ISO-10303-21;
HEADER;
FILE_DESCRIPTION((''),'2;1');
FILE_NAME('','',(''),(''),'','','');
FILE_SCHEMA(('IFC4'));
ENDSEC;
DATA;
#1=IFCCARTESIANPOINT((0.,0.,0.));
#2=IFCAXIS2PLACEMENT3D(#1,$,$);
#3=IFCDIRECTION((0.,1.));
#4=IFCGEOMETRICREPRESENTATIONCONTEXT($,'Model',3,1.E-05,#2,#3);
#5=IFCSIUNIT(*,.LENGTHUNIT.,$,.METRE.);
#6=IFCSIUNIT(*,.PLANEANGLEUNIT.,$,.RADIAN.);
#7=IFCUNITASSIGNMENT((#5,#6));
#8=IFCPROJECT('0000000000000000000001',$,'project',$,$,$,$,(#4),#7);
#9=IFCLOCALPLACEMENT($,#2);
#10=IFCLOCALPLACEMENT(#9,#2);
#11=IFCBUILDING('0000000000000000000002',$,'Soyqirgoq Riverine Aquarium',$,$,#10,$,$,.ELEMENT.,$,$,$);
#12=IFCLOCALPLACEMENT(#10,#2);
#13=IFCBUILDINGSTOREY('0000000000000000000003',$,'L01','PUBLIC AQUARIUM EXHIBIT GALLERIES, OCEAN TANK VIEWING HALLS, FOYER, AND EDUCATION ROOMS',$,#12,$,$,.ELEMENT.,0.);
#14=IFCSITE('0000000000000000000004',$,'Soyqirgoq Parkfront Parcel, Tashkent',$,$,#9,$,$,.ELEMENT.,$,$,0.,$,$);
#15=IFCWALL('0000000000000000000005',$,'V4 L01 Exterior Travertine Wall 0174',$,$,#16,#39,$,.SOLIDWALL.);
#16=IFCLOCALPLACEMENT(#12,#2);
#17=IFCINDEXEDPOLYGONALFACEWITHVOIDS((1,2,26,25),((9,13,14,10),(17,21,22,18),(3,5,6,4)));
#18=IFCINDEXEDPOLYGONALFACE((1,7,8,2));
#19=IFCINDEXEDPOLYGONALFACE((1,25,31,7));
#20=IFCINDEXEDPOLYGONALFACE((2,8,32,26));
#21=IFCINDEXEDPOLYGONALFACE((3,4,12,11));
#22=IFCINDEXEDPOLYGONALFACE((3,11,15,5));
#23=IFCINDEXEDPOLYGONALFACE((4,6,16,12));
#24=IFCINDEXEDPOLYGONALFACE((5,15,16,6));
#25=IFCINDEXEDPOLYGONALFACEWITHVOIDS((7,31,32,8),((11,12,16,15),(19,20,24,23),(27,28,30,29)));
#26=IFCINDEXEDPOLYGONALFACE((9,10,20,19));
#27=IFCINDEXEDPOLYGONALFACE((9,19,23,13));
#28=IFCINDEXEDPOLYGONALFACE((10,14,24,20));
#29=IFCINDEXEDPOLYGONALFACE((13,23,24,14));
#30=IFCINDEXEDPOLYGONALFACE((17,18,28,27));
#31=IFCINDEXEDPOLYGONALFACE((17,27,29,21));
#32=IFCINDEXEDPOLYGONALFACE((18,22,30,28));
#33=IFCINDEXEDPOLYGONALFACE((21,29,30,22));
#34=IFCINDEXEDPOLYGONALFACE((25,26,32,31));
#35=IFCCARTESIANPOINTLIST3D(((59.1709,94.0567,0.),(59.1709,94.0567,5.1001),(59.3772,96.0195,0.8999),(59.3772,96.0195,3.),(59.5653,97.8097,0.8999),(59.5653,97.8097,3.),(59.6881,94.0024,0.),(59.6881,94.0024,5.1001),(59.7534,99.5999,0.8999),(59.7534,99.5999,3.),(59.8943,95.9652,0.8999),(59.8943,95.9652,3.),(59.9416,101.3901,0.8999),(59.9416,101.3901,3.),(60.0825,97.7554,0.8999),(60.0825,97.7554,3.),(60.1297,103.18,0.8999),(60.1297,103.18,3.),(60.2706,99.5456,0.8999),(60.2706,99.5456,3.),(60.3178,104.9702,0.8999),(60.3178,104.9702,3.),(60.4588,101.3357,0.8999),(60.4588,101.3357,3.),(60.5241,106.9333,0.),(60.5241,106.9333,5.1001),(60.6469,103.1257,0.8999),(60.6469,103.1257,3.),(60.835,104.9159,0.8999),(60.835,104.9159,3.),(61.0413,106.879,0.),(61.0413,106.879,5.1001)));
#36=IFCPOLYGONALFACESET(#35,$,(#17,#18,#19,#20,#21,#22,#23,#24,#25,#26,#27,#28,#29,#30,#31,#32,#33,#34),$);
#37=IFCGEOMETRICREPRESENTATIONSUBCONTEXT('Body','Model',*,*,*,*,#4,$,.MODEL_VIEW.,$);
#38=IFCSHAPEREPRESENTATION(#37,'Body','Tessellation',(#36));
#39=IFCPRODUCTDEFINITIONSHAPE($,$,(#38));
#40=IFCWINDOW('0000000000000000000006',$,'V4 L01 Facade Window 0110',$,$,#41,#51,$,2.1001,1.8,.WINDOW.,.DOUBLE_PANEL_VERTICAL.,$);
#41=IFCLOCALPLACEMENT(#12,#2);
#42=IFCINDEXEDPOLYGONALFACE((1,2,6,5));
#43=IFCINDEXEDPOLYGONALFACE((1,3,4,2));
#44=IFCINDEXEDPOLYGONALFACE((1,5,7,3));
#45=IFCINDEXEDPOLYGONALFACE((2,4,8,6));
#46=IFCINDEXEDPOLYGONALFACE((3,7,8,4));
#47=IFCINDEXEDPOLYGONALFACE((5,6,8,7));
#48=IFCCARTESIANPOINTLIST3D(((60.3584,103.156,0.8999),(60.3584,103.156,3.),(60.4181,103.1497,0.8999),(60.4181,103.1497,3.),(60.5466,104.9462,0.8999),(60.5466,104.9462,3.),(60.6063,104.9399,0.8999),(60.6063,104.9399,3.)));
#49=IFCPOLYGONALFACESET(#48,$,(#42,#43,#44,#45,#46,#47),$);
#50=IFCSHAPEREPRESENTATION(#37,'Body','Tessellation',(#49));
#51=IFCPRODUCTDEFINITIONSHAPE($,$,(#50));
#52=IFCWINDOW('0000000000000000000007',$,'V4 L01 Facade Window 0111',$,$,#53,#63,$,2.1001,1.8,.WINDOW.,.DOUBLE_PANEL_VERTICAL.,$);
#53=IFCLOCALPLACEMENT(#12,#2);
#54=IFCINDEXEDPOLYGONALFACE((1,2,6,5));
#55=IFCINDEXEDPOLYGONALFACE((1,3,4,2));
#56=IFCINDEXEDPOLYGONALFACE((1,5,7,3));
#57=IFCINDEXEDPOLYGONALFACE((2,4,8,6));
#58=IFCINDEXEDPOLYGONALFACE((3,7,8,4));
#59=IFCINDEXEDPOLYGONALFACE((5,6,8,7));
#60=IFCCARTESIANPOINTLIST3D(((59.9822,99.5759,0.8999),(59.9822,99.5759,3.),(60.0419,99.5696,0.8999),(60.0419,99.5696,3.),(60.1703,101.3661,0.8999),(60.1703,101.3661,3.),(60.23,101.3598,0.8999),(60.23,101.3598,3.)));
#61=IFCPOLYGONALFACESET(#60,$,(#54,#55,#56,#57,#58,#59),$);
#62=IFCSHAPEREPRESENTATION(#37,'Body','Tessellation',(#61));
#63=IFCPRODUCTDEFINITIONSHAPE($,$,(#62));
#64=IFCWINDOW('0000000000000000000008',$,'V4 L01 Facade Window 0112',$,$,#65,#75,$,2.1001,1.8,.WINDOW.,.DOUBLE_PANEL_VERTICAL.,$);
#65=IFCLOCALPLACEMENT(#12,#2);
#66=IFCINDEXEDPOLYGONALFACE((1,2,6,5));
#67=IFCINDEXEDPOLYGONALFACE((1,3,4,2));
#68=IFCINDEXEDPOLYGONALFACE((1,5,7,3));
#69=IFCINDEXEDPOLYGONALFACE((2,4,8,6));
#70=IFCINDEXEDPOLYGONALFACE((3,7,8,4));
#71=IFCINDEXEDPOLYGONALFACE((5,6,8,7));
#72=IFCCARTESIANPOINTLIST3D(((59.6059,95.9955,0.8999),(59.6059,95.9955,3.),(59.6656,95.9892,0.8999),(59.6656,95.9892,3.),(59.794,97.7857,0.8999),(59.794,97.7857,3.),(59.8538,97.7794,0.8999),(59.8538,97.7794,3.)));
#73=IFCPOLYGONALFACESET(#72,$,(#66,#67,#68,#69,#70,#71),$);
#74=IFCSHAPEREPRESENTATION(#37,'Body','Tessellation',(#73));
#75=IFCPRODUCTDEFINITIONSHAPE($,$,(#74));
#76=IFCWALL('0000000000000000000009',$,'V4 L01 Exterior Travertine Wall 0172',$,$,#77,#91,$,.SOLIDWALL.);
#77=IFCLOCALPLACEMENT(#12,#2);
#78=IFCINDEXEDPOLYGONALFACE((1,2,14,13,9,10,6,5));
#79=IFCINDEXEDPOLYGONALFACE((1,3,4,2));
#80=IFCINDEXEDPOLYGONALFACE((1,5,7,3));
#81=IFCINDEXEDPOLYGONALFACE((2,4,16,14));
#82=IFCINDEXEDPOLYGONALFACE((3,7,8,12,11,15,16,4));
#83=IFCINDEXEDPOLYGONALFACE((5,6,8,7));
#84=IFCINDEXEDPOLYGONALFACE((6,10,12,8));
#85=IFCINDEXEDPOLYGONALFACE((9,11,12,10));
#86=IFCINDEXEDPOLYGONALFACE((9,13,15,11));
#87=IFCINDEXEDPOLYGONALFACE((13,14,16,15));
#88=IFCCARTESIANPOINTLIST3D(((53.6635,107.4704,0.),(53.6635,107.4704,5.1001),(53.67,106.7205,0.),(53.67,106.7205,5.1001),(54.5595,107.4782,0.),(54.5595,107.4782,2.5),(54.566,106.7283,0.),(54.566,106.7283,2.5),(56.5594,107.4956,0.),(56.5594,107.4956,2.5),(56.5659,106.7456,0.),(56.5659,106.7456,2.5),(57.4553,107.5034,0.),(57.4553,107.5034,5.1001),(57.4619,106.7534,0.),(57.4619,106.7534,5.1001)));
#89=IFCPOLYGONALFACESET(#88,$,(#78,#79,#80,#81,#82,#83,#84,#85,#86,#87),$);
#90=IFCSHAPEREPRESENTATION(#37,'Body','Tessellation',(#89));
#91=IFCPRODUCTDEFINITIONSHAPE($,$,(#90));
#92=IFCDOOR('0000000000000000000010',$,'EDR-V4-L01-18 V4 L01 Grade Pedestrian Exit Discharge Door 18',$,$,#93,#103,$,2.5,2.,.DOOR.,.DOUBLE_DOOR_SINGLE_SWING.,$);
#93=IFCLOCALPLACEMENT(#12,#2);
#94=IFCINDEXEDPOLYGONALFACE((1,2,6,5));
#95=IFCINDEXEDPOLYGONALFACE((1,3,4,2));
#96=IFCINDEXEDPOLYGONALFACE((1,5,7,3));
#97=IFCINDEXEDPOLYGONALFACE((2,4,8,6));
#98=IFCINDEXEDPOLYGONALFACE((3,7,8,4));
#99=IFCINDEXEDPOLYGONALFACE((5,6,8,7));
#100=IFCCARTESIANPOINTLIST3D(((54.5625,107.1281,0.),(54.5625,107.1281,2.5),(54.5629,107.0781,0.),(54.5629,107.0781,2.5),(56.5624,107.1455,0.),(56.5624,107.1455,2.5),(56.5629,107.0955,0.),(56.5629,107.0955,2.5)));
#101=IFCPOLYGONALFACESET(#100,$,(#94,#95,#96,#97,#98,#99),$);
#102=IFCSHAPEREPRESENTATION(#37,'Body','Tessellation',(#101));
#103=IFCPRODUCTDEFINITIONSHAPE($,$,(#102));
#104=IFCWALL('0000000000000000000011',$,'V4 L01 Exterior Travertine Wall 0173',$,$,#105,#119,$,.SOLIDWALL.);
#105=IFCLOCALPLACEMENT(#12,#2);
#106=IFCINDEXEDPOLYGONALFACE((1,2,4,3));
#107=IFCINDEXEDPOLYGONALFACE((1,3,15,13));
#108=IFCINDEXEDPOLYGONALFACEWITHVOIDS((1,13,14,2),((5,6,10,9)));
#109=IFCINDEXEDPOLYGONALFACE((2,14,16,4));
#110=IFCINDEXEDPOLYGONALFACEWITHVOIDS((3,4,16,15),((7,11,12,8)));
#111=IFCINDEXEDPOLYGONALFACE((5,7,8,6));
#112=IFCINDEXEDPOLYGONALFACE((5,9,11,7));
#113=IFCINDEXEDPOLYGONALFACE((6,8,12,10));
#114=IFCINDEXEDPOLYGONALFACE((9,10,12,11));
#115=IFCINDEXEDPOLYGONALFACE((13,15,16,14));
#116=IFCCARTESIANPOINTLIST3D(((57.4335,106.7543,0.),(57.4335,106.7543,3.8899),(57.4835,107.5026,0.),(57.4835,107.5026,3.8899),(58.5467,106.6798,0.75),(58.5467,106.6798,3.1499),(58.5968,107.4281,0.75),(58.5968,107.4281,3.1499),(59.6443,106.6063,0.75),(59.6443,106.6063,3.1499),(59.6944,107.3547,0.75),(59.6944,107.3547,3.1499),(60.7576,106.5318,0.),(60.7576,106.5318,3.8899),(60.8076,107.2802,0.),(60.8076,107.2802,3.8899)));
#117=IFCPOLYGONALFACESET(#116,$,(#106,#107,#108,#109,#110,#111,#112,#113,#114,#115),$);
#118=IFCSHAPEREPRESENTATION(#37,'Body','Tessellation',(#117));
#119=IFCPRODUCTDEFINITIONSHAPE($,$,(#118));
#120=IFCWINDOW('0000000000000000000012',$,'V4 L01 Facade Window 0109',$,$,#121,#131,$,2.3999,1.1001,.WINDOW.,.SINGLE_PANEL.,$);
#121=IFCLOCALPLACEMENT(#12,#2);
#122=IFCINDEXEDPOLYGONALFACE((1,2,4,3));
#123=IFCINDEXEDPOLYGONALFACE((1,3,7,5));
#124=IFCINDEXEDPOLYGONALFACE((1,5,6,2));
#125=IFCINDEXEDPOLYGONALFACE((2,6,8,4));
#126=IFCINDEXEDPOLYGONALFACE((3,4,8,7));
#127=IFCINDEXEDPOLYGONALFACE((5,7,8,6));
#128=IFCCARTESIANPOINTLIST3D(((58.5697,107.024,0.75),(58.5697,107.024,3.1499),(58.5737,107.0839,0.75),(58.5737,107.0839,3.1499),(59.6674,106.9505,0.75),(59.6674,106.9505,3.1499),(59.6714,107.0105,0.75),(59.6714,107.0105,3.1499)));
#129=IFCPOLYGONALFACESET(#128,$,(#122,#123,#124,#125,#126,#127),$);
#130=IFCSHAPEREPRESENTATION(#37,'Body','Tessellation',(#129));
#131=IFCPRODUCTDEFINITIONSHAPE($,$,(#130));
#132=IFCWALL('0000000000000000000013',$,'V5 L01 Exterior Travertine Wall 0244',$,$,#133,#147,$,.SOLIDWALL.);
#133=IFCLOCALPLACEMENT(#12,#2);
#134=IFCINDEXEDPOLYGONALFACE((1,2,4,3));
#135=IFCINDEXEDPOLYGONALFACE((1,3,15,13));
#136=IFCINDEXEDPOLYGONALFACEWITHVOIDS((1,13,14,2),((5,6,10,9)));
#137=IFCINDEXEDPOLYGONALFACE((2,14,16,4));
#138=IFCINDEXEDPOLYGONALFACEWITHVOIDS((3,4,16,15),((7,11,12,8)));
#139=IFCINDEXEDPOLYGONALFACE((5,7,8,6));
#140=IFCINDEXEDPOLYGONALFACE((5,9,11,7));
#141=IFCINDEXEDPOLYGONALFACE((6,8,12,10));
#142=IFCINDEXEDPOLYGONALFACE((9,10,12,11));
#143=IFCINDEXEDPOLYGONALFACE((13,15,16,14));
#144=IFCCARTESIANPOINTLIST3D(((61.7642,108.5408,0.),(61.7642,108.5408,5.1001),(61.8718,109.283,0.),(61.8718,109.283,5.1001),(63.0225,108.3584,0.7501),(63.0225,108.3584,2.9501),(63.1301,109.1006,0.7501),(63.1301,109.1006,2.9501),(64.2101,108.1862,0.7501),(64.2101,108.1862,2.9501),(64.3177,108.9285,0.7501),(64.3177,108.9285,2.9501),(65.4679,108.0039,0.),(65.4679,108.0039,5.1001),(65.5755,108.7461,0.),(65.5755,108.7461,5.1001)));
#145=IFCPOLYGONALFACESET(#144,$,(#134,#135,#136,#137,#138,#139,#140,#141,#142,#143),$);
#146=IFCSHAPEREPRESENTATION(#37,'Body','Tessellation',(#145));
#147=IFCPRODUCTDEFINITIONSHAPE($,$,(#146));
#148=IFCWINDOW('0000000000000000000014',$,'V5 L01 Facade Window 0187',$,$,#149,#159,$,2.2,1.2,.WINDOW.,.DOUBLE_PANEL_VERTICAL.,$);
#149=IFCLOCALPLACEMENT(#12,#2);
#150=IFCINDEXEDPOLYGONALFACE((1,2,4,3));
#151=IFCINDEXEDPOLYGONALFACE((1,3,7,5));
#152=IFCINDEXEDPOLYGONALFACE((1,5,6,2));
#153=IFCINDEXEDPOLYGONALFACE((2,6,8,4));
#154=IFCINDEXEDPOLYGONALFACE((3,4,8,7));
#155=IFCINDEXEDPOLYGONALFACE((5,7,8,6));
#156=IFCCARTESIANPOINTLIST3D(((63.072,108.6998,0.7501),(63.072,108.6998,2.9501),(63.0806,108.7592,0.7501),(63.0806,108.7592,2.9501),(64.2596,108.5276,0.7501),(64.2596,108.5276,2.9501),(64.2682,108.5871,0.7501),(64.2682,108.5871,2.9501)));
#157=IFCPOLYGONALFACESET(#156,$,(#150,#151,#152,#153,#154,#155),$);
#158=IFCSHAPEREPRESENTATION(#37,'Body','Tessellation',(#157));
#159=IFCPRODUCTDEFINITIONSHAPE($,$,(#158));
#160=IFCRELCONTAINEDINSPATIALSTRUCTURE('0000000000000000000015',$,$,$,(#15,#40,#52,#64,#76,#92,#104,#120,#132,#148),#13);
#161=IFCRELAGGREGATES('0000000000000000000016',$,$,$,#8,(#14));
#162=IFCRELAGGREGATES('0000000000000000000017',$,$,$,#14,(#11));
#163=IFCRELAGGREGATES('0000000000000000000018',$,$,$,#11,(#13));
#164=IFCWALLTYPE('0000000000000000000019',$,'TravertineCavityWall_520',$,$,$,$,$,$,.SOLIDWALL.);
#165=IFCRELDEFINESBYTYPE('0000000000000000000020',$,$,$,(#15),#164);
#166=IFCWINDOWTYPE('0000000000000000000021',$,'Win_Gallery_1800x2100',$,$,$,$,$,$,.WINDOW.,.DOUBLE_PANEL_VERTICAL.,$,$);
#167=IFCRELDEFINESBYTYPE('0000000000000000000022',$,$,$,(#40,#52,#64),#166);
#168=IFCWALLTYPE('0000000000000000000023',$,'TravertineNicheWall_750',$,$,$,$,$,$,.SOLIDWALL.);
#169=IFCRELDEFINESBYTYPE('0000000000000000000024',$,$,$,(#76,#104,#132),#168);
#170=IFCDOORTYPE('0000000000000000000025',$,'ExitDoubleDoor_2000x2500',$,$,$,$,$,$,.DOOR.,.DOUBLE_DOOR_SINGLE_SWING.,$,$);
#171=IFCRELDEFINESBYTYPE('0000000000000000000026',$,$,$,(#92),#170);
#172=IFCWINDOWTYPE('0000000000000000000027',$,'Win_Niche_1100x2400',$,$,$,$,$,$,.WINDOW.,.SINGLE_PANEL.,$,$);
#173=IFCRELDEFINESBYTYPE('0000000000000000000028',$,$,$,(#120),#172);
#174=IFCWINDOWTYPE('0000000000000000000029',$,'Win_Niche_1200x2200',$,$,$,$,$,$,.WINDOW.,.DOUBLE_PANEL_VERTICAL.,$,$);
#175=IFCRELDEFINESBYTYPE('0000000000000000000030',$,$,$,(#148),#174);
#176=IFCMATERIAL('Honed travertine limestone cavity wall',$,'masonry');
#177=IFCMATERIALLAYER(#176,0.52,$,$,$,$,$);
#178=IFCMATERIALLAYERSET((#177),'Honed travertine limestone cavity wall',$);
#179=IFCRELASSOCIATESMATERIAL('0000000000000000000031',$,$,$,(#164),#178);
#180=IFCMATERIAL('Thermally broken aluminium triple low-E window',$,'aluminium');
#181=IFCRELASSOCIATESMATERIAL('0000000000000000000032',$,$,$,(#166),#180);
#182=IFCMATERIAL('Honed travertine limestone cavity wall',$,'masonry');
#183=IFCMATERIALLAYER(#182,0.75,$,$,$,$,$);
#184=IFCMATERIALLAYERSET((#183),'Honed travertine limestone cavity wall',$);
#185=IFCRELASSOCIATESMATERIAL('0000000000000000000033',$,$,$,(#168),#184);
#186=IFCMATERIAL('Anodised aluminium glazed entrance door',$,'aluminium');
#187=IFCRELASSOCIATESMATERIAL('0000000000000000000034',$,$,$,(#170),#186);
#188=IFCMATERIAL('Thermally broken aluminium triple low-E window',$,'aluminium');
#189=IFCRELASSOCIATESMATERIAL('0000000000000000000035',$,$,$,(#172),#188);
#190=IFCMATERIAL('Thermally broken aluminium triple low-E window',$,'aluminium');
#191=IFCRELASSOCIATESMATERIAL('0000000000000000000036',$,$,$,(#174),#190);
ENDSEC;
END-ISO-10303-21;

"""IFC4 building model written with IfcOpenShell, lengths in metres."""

from ifc_helpers import new_model, si_unit, direction, frame, frame_2d, origin, place, context, subcontext, project, spatial, rectangle, extrude, material, layer, layer_set, type_object, element, fill, save


model = new_model("IFC4")

# Units and contexts
model_context = context("Model", 3, precision=1e-05, world=origin(), true_north=direction((0.0, 1.0)))
body_context = subcontext(model_context, "Body", "Model", "MODEL_VIEW")
ifc_project = project(units=[si_unit("LENGTHUNIT", "METRE"), si_unit("PLANEANGLEUNIT", "RADIAN")], contexts=[model_context])

# Site, building, storey
site_placement = place(None, origin())
site = spatial("IfcSite", under=ifc_project, at=site_placement, Name="Soyqirgoq Parkfront Parcel, Tashkent", CompositionType="ELEMENT", RefElevation=0.0)
building_placement = place(site_placement, origin())
building = spatial("IfcBuilding", under=site, at=building_placement, Name="Soyqirgoq Riverine Aquarium", CompositionType="ELEMENT")
storey_placement = place(building_placement, origin())
storey = spatial("IfcBuildingStorey", under=building, at=storey_placement, Name="L01", Description="PUBLIC AQUARIUM EXHIBIT GALLERIES, OCEAN TANK VIEWING HALLS, FOYER, AND EDUCATION ROOMS", CompositionType="ELEMENT", Elevation=0.0)

# Wall, openings, windows
ifc_material_1 = material(Name="Honed travertine limestone cavity wall", Category="masonry")
ifc_layer_1 = layer(ifc_material_1, 0.52)
ifc_layer_set_1 = layer_set([ifc_layer_1], Name="Honed travertine limestone cavity wall")
wall_type_1 = type_object("IfcWallType", Name="TravertineCavityWall_520", PredefinedType="SOLIDWALL", material=ifc_layer_set_1)
wall_1_placement = place(storey_placement, frame((60.7827, 106.906, 0.0), z_axis=(0.0, 0.0, 1.0), x_axis=(-0.104519, -0.994523, 0.0)))
wall_1 = element("IfcWall", 1, at=wall_1_placement, inside=storey, type_object=wall_type_1, Name="V4 L01 Exterior Travertine Wall 0174", PredefinedType="SOLIDWALL", context=body_context, shape_type="SweptSolid", body=[
    extrude(rectangle(XDim=12.9475, YDim=0.52, at=frame_2d((6.4736, 0.0))), origin(), (0.0, 0.0, 1.0), 5.1001),
])
opening_1_placement = place(wall_1_placement, frame((1.9739, 0.0, 0.8999)))
opening_1 = element("IfcOpeningElement", 2, at=opening_1_placement, cuts=wall_1, PredefinedType="OPENING", context=body_context, shape_type="SweptSolid", body=[
    extrude(rectangle(XDim=1.8, YDim=2.1001, at=frame_2d((0.8999, 1.05))), frame((0.0, 0.27, 0.0), z_axis=(0.0, -1.0, 0.0), x_axis=(1.0, 0.0, 0.0)), (0.0, 0.0, 1.0), 0.54),
])
opening_2_placement = place(wall_1_placement, frame((5.5737, 0.0, 0.8999)))
opening_2 = element("IfcOpeningElement", 3, at=opening_2_placement, cuts=wall_1, PredefinedType="OPENING", context=body_context, shape_type="SweptSolid", body=[
    extrude(rectangle(XDim=1.8, YDim=2.1001, at=frame_2d((0.8999, 1.05))), frame((0.0, 0.27, 0.0), z_axis=(0.0, -1.0, 0.0), x_axis=(1.0, 0.0, 0.0)), (0.0, 0.0, 1.0), 0.54),
])
opening_3_placement = place(wall_1_placement, frame((9.1738, 0.0, 0.8999)))
opening_3 = element("IfcOpeningElement", 4, at=opening_3_placement, cuts=wall_1, PredefinedType="OPENING", context=body_context, shape_type="SweptSolid", body=[
    extrude(rectangle(XDim=1.8, YDim=2.1001, at=frame_2d((0.8999, 1.05))), frame((0.0, 0.27, 0.0), z_axis=(0.0, -1.0, 0.0), x_axis=(1.0, 0.0, 0.0)), (0.0, 0.0, 1.0), 0.54),
])
ifc_material_2 = material(Name="Thermally broken aluminium triple low-E window", Category="aluminium")
window_type_1 = type_object("IfcWindowType", Name="Win_Gallery_1800x2100", PartitioningType="DOUBLE_PANEL_VERTICAL", PredefinedType="WINDOW", material=ifc_material_2)
window_1_placement = place(opening_1_placement, origin())
window_1 = element("IfcWindow", 5, at=window_1_placement, inside=storey, type_object=window_type_1, Name="V4 L01 Facade Window 0110", OverallHeight=2.1001, OverallWidth=1.8, PartitioningType="DOUBLE_PANEL_VERTICAL", PredefinedType="WINDOW", context=body_context, shape_type="SweptSolid", body=[
    extrude(rectangle(XDim=1.8, YDim=2.1001, at=frame_2d((0.8999, 1.05))), frame((0.0, 0.03, 0.0), z_axis=(0.0, -1.0, 0.0), x_axis=(1.0, 0.0, 0.0)), (0.0, 0.0, 1.0), 0.0601),
])
fill(opening_1, window_1)
window_2_placement = place(opening_2_placement, origin())
window_2 = element("IfcWindow", 6, at=window_2_placement, inside=storey, type_object=window_type_1, Name="V4 L01 Facade Window 0111", OverallHeight=2.1001, OverallWidth=1.8, PartitioningType="DOUBLE_PANEL_VERTICAL", PredefinedType="WINDOW", context=body_context, shape_type="SweptSolid", body=[
    extrude(rectangle(XDim=1.8, YDim=2.1001, at=frame_2d((0.8999, 1.05))), frame((0.0, 0.03, 0.0), z_axis=(0.0, -1.0, 0.0), x_axis=(1.0, 0.0, 0.0)), (0.0, 0.0, 1.0), 0.0601),
])
fill(opening_2, window_2)
window_3_placement = place(opening_3_placement, origin())
window_3 = element("IfcWindow", 7, at=window_3_placement, inside=storey, type_object=window_type_1, Name="V4 L01 Facade Window 0112", OverallHeight=2.1001, OverallWidth=1.8, PartitioningType="DOUBLE_PANEL_VERTICAL", PredefinedType="WINDOW", context=body_context, shape_type="SweptSolid", body=[
    extrude(rectangle(XDim=1.8, YDim=2.1001, at=frame_2d((0.8999, 1.05))), frame((0.0, 0.03, 0.0), z_axis=(0.0, -1.0, 0.0), x_axis=(1.0, 0.0, 0.0)), (0.0, 0.0, 1.0), 0.0601),
])
fill(opening_3, window_3)

# Wall, opening, door
ifc_material_3 = material(Name="Honed travertine limestone cavity wall", Category="masonry")
ifc_layer_2 = layer(ifc_material_3, 0.75)
ifc_layer_set_2 = layer_set([ifc_layer_2], Name="Honed travertine limestone cavity wall")
wall_type_2 = type_object("IfcWallType", Name="TravertineNicheWall_750", PredefinedType="SOLIDWALL", material=ifc_layer_set_2)
wall_2_placement = place(storey_placement, frame((53.6667, 107.0955, 0.0), z_axis=(0.0, 0.0, 1.0), x_axis=(0.999962, 0.008692, 0.0)))
wall_2 = element("IfcWall", 8, at=wall_2_placement, inside=storey, type_object=wall_type_2, Name="V4 L01 Exterior Travertine Wall 0172", PredefinedType="SOLIDWALL", context=body_context, shape_type="SweptSolid", body=[
    extrude(rectangle(XDim=3.792, YDim=0.75, at=frame_2d((1.896, 0.0))), origin(), (0.0, 0.0, 1.0), 5.1001),
])
opening_4_placement = place(wall_2_placement, frame((0.896, 0.0, 0.0)))
opening_4 = element("IfcOpeningElement", 9, at=opening_4_placement, cuts=wall_2, PredefinedType="OPENING", context=body_context, shape_type="SweptSolid", body=[
    extrude(rectangle(XDim=2.0, YDim=2.5, at=frame_2d((1.0, 1.25))), frame((0.0, 0.385, 0.0), z_axis=(0.0, -1.0, 0.0), x_axis=(1.0, 0.0, 0.0)), (0.0, 0.0, 1.0), 0.77),
])
ifc_material_4 = material(Name="Anodised aluminium glazed entrance door", Category="aluminium")
door_type = type_object("IfcDoorType", Name="ExitDoubleDoor_2000x2500", OperationType="DOUBLE_DOOR_SINGLE_SWING", PredefinedType="DOOR", material=ifc_material_4)
door_placement = place(opening_4_placement, origin())
door = element("IfcDoor", 10, at=door_placement, inside=storey, type_object=door_type, Name="EDR-V4-L01-18 V4 L01 Grade Pedestrian Exit Discharge Door 18", OperationType="DOUBLE_DOOR_SINGLE_SWING", OverallHeight=2.5, OverallWidth=2.0, PredefinedType="DOOR", context=body_context, shape_type="SweptSolid", body=[
    extrude(rectangle(XDim=2.0, YDim=2.5, at=frame_2d((1.0, 1.25))), frame((0.0, 0.0249, 0.0), z_axis=(0.0, -1.0, 0.0), x_axis=(1.0, 0.0, 0.0)), (0.0, 0.0, 1.0), 0.05),
])
fill(opening_4, door)

# Walls, openings, windows
wall_3_placement = place(storey_placement, frame((57.4585, 107.1284, 0.0), z_axis=(0.0, 0.0, 1.0), x_axis=(0.997769, -0.066757, 0.0)))
wall_3 = element("IfcWall", 11, at=wall_3_placement, inside=storey, type_object=wall_type_2, Name="V4 L01 Exterior Travertine Wall 0173", PredefinedType="SOLIDWALL", context=body_context, shape_type="SweptSolid", body=[
    extrude(rectangle(XDim=3.3315, YDim=0.75, at=frame_2d((1.6658, 0.0))), origin(), (0.0, 0.0, 1.0), 3.8899),
])
opening_5_placement = place(wall_3_placement, frame((1.1157, 0.0, 0.75)))
opening_5 = element("IfcOpeningElement", 12, at=opening_5_placement, cuts=wall_3, PredefinedType="OPENING", context=body_context, shape_type="SweptSolid", body=[
    extrude(rectangle(XDim=1.1001, YDim=2.3999, at=frame_2d((0.55, 1.2))), frame((0.0, 0.385, 0.0), z_axis=(0.0, -1.0, 0.0), x_axis=(1.0, 0.0, 0.0)), (0.0, 0.0, 1.0), 0.77),
])
ifc_material_5 = material(Name="Thermally broken aluminium triple low-E window", Category="aluminium")
window_type_2 = type_object("IfcWindowType", Name="Win_Niche_1100x2400", PartitioningType="SINGLE_PANEL", PredefinedType="WINDOW", material=ifc_material_5)
window_4_placement = place(opening_5_placement, origin())
window_4 = element("IfcWindow", 13, at=window_4_placement, inside=storey, type_object=window_type_2, Name="V4 L01 Facade Window 0109", OverallHeight=2.3999, OverallWidth=1.1001, PartitioningType="SINGLE_PANEL", PredefinedType="WINDOW", context=body_context, shape_type="SweptSolid", body=[
    extrude(rectangle(XDim=1.1001, YDim=2.3999, at=frame_2d((0.55, 1.2))), frame((0.0, 0.03, 0.0), z_axis=(0.0, -1.0, 0.0), x_axis=(1.0, 0.0, 0.0)), (0.0, 0.0, 1.0), 0.0601),
])
fill(opening_5, window_4)
wall_4_placement = place(storey_placement, frame((61.8181, 108.9119, 0.0), z_axis=(0.0, 0.0, 1.0), x_axis=(0.989656, -0.143458, 0.0)))
wall_4 = element("IfcWall", 14, at=wall_4_placement, inside=storey, type_object=wall_type_2, Name="V5 L01 Exterior Travertine Wall 0244", PredefinedType="SOLIDWALL", context=body_context, shape_type="SweptSolid", body=[
    extrude(rectangle(XDim=3.7424, YDim=0.75, at=frame_2d((1.8711, 0.0))), origin(), (0.0, 0.0, 1.0), 5.1001),
])
opening_6_placement = place(wall_4_placement, frame((1.2712, 0.0, 0.75)))
opening_6 = element("IfcOpeningElement", 15, at=opening_6_placement, cuts=wall_4, PredefinedType="OPENING", context=body_context, shape_type="SweptSolid", body=[
    extrude(rectangle(XDim=1.2, YDim=2.2, at=frame_2d((0.6001, 1.1001))), frame((0.0, 0.385, 0.0), z_axis=(0.0, -1.0, 0.0), x_axis=(1.0, 0.0, 0.0)), (0.0, 0.0, 1.0), 0.77),
])
ifc_material_6 = material(Name="Thermally broken aluminium triple low-E window", Category="aluminium")
window_type_3 = type_object("IfcWindowType", Name="Win_Niche_1200x2200", PartitioningType="DOUBLE_PANEL_VERTICAL", PredefinedType="WINDOW", material=ifc_material_6)
window_5_placement = place(opening_6_placement, origin())
window_5 = element("IfcWindow", 16, at=window_5_placement, inside=storey, type_object=window_type_3, Name="V5 L01 Facade Window 0187", OverallHeight=2.2, OverallWidth=1.2, PartitioningType="DOUBLE_PANEL_VERTICAL", PredefinedType="WINDOW", context=body_context, shape_type="SweptSolid", body=[
    extrude(rectangle(XDim=1.2, YDim=2.2, at=frame_2d((0.6001, 1.1001))), frame((0.0, 0.03, 0.0), z_axis=(0.0, -1.0, 0.0), x_axis=(1.0, 0.0, 0.0)), (0.0, 0.0, 1.0), 0.0601),
])
fill(opening_6, window_5)

save(model, "model.ifc")
